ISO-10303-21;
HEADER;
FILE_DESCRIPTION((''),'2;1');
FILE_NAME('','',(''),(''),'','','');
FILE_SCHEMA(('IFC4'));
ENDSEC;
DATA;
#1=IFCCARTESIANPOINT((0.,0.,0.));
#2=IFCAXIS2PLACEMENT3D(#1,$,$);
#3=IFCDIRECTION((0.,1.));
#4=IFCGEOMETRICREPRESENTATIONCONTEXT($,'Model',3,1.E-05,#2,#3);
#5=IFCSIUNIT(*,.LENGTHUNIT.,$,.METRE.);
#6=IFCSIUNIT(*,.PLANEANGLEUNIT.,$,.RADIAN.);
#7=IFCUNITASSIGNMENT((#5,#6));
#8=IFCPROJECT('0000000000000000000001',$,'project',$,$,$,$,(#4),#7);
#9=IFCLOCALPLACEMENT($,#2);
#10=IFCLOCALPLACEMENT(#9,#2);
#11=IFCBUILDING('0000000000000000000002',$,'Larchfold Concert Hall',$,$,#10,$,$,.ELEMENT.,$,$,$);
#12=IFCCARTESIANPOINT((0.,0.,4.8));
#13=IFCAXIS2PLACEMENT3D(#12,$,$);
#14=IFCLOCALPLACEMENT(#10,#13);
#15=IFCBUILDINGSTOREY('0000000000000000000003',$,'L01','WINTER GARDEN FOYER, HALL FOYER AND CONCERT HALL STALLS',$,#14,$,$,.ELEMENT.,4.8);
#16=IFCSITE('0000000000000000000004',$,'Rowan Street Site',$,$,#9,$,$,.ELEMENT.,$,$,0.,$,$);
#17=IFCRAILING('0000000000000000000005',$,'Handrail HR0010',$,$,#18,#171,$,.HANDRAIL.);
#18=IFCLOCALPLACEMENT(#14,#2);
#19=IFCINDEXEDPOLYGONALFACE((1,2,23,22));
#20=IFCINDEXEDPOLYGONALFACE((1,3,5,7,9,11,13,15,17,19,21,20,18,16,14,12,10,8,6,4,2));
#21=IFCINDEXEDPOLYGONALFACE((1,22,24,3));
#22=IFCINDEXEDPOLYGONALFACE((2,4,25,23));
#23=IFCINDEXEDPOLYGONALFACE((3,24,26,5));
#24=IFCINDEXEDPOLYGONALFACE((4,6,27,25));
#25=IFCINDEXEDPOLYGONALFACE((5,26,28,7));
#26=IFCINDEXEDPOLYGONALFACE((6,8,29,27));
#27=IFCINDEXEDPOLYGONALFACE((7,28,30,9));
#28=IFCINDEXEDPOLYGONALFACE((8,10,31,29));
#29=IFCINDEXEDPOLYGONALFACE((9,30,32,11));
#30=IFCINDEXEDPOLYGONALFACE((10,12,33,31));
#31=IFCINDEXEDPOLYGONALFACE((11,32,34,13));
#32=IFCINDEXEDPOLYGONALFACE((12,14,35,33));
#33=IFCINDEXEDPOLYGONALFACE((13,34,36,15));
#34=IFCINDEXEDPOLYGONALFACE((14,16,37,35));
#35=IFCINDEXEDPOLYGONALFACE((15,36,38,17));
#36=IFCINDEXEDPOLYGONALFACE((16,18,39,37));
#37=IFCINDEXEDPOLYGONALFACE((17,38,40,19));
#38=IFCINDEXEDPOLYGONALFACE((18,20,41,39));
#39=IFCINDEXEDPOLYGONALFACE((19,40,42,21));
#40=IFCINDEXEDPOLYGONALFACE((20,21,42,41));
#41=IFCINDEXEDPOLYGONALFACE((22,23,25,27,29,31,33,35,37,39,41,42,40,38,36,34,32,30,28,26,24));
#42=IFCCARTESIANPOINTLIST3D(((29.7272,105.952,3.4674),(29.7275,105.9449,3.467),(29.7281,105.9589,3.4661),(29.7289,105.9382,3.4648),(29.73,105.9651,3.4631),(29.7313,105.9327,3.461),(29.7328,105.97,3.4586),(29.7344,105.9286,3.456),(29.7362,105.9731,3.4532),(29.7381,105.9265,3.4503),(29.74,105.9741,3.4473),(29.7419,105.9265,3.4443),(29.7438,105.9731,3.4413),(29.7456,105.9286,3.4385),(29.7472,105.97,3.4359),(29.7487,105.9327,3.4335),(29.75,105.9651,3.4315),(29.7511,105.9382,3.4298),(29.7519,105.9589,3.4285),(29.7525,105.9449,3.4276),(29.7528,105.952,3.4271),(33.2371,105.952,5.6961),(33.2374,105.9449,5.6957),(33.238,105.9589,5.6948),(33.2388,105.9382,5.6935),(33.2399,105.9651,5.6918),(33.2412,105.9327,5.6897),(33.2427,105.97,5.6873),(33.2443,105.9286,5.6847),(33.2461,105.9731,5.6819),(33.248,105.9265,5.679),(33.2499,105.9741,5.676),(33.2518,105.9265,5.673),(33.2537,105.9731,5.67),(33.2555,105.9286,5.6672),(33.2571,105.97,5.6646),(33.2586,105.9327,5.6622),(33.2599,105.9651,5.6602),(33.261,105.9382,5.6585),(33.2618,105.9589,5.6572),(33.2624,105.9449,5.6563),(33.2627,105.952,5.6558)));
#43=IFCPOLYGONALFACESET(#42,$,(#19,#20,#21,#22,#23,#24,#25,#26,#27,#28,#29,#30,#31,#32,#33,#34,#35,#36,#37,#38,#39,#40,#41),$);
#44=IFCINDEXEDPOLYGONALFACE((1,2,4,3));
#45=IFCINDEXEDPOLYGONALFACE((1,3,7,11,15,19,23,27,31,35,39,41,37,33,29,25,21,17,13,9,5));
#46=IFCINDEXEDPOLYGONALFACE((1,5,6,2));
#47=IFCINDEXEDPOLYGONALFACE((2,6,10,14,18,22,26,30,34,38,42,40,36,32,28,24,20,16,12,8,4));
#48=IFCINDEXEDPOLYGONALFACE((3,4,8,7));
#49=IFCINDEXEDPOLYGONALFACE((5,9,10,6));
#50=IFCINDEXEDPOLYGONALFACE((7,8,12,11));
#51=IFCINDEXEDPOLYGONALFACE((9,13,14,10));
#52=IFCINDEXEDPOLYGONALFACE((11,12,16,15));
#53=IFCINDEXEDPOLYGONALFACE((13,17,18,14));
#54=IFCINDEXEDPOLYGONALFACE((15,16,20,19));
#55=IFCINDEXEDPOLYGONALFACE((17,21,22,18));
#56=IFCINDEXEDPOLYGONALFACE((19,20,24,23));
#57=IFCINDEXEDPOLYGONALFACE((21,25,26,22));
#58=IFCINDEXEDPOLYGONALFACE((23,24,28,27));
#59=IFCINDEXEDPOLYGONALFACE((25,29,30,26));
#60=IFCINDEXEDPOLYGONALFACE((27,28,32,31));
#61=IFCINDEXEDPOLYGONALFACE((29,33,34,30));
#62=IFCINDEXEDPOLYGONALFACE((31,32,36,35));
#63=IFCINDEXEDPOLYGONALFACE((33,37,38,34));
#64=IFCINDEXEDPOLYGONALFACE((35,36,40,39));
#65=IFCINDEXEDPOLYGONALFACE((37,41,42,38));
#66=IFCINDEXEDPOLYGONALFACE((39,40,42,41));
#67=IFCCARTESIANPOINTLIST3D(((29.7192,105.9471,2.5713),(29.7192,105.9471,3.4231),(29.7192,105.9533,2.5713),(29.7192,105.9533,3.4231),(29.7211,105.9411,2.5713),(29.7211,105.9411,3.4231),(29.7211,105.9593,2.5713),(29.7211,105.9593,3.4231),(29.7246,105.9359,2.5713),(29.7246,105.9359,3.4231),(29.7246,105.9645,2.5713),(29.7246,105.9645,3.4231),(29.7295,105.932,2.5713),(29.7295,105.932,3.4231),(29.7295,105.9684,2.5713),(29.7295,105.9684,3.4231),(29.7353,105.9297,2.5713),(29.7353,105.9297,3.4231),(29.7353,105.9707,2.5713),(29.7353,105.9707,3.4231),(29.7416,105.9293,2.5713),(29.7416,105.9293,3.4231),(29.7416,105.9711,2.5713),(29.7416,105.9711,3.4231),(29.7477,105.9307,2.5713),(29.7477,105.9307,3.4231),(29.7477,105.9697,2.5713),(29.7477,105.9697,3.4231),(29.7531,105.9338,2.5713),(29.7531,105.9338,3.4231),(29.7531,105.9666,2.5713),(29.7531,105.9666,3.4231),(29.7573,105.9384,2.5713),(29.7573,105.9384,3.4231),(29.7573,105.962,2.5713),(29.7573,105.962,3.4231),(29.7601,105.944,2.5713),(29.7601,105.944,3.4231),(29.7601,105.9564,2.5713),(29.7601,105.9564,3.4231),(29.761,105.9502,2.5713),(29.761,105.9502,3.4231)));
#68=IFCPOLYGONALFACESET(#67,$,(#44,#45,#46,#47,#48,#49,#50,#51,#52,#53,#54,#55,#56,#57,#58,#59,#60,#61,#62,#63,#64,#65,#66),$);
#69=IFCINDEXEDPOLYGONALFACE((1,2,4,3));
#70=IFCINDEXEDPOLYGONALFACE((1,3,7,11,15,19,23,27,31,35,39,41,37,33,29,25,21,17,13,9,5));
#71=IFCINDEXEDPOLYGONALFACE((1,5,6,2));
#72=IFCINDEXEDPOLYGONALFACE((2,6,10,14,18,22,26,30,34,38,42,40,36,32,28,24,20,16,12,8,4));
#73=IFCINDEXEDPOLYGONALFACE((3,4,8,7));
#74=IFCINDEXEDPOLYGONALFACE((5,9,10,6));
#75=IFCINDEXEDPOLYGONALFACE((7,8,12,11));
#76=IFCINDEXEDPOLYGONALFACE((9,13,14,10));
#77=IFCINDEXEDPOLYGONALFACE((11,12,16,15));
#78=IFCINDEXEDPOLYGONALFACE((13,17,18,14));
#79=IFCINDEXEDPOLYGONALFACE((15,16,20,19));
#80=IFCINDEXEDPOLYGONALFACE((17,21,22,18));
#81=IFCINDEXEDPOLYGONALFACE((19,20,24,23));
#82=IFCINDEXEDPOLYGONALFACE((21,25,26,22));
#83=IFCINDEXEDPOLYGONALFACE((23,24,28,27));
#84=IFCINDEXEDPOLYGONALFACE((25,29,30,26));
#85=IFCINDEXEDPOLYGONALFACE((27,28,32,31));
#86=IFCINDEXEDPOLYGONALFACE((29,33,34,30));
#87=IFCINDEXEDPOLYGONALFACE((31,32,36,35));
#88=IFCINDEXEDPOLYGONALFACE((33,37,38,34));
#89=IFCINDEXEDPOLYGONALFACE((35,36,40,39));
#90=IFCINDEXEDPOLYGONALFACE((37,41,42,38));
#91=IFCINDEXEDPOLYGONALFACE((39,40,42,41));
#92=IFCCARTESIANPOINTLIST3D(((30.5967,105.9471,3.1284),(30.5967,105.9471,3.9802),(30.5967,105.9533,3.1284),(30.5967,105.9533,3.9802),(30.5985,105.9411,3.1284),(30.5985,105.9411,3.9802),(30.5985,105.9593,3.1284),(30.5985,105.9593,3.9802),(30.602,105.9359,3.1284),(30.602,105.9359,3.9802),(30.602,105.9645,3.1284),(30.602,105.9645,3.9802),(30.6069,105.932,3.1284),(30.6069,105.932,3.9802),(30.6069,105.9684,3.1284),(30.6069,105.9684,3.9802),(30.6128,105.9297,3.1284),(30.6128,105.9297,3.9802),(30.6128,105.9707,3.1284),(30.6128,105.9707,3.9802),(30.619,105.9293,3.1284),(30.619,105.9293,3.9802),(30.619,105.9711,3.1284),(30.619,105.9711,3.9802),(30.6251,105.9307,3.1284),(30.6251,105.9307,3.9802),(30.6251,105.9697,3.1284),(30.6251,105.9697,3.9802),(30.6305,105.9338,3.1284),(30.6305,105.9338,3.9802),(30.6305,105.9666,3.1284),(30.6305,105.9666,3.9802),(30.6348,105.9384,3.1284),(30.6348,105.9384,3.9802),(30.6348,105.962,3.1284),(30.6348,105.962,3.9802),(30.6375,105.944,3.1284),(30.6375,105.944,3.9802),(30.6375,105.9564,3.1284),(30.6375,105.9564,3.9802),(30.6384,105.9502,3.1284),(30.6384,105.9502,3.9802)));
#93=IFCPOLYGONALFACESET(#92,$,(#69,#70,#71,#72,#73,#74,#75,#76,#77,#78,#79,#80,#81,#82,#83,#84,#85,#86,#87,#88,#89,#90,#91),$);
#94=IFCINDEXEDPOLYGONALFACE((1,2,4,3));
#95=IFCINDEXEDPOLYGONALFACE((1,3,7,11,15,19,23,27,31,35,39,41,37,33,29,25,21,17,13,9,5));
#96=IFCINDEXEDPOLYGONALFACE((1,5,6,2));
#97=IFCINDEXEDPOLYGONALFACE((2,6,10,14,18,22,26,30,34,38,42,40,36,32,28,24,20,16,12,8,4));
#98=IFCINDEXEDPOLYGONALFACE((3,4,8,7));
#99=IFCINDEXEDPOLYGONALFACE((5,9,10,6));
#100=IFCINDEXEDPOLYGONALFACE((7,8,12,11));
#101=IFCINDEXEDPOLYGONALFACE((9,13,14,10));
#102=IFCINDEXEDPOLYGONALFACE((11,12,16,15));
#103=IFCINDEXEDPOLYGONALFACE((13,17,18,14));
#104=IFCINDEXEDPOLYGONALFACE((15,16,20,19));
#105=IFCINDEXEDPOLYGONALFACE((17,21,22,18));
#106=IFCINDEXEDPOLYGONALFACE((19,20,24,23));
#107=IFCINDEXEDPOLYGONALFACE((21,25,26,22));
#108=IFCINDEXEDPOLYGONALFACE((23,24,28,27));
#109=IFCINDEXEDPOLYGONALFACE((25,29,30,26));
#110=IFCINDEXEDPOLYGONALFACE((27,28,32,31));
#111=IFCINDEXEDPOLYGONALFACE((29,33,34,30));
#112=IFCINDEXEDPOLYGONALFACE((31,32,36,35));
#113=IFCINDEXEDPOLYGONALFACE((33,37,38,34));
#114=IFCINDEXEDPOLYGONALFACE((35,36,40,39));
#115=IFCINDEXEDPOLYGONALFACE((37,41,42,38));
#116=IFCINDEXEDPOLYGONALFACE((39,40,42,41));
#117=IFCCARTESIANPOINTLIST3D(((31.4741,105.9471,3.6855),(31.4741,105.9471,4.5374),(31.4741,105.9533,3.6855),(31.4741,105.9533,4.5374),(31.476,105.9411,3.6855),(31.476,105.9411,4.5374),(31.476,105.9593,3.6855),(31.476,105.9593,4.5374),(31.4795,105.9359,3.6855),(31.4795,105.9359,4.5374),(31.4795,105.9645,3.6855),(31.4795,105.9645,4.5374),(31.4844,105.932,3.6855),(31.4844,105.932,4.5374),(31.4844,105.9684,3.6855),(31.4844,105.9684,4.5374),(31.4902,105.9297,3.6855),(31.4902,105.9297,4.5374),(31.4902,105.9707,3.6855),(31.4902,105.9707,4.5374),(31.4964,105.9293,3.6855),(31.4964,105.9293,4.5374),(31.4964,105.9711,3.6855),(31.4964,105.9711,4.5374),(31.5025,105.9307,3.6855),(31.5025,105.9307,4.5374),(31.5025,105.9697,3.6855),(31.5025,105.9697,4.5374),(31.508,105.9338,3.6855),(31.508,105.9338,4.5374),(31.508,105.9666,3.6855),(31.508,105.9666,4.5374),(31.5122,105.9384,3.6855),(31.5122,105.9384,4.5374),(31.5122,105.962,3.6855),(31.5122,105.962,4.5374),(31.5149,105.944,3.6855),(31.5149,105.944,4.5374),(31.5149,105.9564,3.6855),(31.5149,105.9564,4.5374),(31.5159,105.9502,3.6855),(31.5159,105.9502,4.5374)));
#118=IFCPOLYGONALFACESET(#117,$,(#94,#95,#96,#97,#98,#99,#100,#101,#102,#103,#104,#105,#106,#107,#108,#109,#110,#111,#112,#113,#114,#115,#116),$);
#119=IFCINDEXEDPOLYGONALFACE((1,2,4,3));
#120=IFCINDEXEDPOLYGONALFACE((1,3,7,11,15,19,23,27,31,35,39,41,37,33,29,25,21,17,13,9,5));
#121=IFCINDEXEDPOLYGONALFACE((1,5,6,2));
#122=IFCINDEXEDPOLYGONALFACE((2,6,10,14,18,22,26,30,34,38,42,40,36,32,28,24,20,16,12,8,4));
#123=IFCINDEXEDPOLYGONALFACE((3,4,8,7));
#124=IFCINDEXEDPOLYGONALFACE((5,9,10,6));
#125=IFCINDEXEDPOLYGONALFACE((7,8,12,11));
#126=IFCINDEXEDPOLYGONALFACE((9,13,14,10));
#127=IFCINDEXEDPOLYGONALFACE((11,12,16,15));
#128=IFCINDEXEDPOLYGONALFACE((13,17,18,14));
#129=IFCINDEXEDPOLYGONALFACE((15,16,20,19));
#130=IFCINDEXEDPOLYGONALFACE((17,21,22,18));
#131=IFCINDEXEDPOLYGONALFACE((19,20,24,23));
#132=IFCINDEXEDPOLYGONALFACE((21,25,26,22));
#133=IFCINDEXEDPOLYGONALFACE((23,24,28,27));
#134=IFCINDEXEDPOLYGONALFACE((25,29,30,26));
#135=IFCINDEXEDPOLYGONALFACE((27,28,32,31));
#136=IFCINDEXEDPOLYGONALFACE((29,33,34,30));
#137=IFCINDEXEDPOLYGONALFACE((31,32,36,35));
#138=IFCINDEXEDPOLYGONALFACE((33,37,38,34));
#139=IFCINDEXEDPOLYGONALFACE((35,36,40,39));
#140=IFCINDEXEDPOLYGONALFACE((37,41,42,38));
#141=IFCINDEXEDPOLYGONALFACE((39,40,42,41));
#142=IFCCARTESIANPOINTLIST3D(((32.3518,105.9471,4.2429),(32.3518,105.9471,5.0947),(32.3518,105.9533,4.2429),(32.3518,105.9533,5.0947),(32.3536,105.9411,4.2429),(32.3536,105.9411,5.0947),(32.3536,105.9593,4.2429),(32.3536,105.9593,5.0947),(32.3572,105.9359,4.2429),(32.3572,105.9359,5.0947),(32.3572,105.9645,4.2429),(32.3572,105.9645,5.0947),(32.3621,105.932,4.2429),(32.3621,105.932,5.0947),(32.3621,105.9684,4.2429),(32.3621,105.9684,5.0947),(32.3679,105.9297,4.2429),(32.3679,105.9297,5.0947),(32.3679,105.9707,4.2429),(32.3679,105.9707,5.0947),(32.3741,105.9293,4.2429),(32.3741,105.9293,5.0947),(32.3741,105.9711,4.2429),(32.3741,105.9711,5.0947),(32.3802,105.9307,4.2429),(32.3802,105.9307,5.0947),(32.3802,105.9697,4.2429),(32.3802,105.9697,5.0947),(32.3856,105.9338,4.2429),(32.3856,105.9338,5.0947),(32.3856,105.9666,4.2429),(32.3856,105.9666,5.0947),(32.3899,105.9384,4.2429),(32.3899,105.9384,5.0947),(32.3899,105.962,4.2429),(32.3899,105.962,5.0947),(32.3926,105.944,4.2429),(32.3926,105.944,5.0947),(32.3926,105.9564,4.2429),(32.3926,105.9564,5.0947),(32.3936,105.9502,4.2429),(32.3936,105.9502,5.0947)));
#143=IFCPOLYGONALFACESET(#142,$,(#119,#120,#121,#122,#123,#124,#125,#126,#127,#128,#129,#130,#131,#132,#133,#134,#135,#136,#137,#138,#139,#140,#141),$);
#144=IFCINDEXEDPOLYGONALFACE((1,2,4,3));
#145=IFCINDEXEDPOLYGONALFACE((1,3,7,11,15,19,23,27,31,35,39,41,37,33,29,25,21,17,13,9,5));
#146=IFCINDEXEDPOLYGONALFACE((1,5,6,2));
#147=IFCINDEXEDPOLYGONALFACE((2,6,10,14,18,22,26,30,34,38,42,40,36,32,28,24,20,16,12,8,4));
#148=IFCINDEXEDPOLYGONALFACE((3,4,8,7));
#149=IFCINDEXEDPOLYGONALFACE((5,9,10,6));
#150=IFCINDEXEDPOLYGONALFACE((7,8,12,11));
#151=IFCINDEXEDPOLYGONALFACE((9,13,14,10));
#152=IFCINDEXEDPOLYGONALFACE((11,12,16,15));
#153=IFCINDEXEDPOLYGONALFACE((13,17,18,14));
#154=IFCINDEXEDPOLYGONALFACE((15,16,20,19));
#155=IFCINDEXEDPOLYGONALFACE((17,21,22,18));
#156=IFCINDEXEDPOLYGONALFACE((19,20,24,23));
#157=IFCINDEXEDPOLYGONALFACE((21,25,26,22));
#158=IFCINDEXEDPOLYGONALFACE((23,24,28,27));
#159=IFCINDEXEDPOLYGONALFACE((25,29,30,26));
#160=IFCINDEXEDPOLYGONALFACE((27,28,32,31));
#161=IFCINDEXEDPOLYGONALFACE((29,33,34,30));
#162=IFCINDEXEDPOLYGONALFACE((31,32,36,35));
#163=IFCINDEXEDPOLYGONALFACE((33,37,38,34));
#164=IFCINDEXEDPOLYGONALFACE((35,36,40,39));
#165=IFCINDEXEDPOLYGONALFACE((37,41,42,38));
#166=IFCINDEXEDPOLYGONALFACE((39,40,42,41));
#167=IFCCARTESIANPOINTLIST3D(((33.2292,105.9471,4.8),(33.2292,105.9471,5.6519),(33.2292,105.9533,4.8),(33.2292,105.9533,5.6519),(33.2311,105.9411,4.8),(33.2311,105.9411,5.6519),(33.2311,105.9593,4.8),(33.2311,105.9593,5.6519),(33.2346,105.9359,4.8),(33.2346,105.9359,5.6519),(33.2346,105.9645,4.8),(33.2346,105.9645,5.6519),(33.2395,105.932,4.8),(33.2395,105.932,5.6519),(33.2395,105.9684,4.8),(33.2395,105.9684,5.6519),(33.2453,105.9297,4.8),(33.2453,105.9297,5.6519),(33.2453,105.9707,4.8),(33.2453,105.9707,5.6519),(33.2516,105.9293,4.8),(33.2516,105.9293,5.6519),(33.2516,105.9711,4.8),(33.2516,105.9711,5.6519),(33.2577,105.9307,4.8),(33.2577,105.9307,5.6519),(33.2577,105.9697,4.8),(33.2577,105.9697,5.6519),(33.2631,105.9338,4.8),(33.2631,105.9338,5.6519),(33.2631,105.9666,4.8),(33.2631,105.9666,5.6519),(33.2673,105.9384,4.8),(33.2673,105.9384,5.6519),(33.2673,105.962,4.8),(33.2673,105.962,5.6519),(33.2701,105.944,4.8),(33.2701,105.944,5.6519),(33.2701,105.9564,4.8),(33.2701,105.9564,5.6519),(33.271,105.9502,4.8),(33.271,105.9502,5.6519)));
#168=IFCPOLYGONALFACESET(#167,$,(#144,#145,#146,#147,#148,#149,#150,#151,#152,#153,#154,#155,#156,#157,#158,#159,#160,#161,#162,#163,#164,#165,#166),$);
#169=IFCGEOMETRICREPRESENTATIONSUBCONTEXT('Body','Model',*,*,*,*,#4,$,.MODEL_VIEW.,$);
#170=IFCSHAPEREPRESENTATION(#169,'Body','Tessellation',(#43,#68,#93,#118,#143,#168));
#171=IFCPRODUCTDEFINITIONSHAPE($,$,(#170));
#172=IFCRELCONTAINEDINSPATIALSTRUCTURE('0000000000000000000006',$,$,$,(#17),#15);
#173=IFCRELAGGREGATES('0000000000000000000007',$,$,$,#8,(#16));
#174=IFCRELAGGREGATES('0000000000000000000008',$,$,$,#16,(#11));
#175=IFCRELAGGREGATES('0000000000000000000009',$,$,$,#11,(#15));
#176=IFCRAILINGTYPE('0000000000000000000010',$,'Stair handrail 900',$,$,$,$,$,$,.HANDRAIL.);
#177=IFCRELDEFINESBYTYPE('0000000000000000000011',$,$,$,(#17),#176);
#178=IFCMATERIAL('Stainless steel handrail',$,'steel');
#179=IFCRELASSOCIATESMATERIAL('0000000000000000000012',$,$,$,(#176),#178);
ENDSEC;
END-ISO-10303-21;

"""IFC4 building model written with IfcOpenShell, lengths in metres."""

from ifc_helpers import new_model, si_unit, direction, frame, origin, origin_2d, place, context, subcontext, project, spatial, circle, extrude, material, type_object, element, save


model = new_model("IFC4")

# Units and contexts
model_context = context("Model", 3, precision=1e-05, world=origin(), true_north=direction((0.0, 1.0)))
body_context = subcontext(model_context, "Body", "Model", "MODEL_VIEW")
ifc_project = project(units=[si_unit("LENGTHUNIT", "METRE"), si_unit("PLANEANGLEUNIT", "RADIAN")], contexts=[model_context])

# Site, building, storey
site_placement = place(None, origin())
site = spatial("IfcSite", under=ifc_project, at=site_placement, Name="Rowan Street Site", CompositionType="ELEMENT", RefElevation=0.0)
building_placement = place(site_placement, origin())
building = spatial("IfcBuilding", under=site, at=building_placement, Name="Larchfold Concert Hall", CompositionType="ELEMENT")
storey_placement = place(building_placement, frame((0.0, 0.0, 4.8)))
storey = spatial("IfcBuildingStorey", under=building, at=storey_placement, Name="L01", Description="WINTER GARDEN FOYER, HALL FOYER AND CONCERT HALL STALLS", CompositionType="ELEMENT", Elevation=4.8)

# Railing
ifc_material_1 = material(Name="Stainless steel handrail", Category="steel")
railing_type_1 = type_object("IfcRailingType", Name="Stair handrail 900", PredefinedType="HANDRAIL", material=ifc_material_1)
railing_1_placement = place(storey_placement, frame((29.74, 105.9502, 2.5713)))
element("IfcRailing", 1, at=railing_1_placement, inside=storey, type_object=railing_type_1, Name="Handrail HR0010", PredefinedType="HANDRAIL", context=body_context, shape_type="SweptSolid", body=[
    extrude(circle(Radius=0.0239, at=origin_2d()), frame((0.0, 0.0, 0.876), z_axis=(0.844193, 0.0, 0.536039), x_axis=(0.0, 1.0, 0.0)), (0.0, 0.0, 1.0), 4.1577),
    extrude(circle(Radius=0.021, at=origin_2d()), origin(), (0.0, 0.0, 1.0), 0.8518),
    extrude(circle(Radius=0.021, at=origin_2d()), frame((0.8774, 0.0, 0.5571)), (0.0, 0.0, 1.0), 0.8518),
    extrude(circle(Radius=0.021, at=origin_2d()), frame((1.7549, 0.0, 1.1143)), (0.0, 0.0, 1.0), 0.8518),
    extrude(circle(Radius=0.021, at=origin_2d()), frame((2.6326, 0.0, 1.6716)), (0.0, 0.0, 1.0), 0.8518),
    extrude(circle(Radius=0.021, at=origin_2d()), frame((3.51, 0.0, 2.2288)), (0.0, 0.0, 1.0), 0.8518),
])

save(model, "model.ifc")
